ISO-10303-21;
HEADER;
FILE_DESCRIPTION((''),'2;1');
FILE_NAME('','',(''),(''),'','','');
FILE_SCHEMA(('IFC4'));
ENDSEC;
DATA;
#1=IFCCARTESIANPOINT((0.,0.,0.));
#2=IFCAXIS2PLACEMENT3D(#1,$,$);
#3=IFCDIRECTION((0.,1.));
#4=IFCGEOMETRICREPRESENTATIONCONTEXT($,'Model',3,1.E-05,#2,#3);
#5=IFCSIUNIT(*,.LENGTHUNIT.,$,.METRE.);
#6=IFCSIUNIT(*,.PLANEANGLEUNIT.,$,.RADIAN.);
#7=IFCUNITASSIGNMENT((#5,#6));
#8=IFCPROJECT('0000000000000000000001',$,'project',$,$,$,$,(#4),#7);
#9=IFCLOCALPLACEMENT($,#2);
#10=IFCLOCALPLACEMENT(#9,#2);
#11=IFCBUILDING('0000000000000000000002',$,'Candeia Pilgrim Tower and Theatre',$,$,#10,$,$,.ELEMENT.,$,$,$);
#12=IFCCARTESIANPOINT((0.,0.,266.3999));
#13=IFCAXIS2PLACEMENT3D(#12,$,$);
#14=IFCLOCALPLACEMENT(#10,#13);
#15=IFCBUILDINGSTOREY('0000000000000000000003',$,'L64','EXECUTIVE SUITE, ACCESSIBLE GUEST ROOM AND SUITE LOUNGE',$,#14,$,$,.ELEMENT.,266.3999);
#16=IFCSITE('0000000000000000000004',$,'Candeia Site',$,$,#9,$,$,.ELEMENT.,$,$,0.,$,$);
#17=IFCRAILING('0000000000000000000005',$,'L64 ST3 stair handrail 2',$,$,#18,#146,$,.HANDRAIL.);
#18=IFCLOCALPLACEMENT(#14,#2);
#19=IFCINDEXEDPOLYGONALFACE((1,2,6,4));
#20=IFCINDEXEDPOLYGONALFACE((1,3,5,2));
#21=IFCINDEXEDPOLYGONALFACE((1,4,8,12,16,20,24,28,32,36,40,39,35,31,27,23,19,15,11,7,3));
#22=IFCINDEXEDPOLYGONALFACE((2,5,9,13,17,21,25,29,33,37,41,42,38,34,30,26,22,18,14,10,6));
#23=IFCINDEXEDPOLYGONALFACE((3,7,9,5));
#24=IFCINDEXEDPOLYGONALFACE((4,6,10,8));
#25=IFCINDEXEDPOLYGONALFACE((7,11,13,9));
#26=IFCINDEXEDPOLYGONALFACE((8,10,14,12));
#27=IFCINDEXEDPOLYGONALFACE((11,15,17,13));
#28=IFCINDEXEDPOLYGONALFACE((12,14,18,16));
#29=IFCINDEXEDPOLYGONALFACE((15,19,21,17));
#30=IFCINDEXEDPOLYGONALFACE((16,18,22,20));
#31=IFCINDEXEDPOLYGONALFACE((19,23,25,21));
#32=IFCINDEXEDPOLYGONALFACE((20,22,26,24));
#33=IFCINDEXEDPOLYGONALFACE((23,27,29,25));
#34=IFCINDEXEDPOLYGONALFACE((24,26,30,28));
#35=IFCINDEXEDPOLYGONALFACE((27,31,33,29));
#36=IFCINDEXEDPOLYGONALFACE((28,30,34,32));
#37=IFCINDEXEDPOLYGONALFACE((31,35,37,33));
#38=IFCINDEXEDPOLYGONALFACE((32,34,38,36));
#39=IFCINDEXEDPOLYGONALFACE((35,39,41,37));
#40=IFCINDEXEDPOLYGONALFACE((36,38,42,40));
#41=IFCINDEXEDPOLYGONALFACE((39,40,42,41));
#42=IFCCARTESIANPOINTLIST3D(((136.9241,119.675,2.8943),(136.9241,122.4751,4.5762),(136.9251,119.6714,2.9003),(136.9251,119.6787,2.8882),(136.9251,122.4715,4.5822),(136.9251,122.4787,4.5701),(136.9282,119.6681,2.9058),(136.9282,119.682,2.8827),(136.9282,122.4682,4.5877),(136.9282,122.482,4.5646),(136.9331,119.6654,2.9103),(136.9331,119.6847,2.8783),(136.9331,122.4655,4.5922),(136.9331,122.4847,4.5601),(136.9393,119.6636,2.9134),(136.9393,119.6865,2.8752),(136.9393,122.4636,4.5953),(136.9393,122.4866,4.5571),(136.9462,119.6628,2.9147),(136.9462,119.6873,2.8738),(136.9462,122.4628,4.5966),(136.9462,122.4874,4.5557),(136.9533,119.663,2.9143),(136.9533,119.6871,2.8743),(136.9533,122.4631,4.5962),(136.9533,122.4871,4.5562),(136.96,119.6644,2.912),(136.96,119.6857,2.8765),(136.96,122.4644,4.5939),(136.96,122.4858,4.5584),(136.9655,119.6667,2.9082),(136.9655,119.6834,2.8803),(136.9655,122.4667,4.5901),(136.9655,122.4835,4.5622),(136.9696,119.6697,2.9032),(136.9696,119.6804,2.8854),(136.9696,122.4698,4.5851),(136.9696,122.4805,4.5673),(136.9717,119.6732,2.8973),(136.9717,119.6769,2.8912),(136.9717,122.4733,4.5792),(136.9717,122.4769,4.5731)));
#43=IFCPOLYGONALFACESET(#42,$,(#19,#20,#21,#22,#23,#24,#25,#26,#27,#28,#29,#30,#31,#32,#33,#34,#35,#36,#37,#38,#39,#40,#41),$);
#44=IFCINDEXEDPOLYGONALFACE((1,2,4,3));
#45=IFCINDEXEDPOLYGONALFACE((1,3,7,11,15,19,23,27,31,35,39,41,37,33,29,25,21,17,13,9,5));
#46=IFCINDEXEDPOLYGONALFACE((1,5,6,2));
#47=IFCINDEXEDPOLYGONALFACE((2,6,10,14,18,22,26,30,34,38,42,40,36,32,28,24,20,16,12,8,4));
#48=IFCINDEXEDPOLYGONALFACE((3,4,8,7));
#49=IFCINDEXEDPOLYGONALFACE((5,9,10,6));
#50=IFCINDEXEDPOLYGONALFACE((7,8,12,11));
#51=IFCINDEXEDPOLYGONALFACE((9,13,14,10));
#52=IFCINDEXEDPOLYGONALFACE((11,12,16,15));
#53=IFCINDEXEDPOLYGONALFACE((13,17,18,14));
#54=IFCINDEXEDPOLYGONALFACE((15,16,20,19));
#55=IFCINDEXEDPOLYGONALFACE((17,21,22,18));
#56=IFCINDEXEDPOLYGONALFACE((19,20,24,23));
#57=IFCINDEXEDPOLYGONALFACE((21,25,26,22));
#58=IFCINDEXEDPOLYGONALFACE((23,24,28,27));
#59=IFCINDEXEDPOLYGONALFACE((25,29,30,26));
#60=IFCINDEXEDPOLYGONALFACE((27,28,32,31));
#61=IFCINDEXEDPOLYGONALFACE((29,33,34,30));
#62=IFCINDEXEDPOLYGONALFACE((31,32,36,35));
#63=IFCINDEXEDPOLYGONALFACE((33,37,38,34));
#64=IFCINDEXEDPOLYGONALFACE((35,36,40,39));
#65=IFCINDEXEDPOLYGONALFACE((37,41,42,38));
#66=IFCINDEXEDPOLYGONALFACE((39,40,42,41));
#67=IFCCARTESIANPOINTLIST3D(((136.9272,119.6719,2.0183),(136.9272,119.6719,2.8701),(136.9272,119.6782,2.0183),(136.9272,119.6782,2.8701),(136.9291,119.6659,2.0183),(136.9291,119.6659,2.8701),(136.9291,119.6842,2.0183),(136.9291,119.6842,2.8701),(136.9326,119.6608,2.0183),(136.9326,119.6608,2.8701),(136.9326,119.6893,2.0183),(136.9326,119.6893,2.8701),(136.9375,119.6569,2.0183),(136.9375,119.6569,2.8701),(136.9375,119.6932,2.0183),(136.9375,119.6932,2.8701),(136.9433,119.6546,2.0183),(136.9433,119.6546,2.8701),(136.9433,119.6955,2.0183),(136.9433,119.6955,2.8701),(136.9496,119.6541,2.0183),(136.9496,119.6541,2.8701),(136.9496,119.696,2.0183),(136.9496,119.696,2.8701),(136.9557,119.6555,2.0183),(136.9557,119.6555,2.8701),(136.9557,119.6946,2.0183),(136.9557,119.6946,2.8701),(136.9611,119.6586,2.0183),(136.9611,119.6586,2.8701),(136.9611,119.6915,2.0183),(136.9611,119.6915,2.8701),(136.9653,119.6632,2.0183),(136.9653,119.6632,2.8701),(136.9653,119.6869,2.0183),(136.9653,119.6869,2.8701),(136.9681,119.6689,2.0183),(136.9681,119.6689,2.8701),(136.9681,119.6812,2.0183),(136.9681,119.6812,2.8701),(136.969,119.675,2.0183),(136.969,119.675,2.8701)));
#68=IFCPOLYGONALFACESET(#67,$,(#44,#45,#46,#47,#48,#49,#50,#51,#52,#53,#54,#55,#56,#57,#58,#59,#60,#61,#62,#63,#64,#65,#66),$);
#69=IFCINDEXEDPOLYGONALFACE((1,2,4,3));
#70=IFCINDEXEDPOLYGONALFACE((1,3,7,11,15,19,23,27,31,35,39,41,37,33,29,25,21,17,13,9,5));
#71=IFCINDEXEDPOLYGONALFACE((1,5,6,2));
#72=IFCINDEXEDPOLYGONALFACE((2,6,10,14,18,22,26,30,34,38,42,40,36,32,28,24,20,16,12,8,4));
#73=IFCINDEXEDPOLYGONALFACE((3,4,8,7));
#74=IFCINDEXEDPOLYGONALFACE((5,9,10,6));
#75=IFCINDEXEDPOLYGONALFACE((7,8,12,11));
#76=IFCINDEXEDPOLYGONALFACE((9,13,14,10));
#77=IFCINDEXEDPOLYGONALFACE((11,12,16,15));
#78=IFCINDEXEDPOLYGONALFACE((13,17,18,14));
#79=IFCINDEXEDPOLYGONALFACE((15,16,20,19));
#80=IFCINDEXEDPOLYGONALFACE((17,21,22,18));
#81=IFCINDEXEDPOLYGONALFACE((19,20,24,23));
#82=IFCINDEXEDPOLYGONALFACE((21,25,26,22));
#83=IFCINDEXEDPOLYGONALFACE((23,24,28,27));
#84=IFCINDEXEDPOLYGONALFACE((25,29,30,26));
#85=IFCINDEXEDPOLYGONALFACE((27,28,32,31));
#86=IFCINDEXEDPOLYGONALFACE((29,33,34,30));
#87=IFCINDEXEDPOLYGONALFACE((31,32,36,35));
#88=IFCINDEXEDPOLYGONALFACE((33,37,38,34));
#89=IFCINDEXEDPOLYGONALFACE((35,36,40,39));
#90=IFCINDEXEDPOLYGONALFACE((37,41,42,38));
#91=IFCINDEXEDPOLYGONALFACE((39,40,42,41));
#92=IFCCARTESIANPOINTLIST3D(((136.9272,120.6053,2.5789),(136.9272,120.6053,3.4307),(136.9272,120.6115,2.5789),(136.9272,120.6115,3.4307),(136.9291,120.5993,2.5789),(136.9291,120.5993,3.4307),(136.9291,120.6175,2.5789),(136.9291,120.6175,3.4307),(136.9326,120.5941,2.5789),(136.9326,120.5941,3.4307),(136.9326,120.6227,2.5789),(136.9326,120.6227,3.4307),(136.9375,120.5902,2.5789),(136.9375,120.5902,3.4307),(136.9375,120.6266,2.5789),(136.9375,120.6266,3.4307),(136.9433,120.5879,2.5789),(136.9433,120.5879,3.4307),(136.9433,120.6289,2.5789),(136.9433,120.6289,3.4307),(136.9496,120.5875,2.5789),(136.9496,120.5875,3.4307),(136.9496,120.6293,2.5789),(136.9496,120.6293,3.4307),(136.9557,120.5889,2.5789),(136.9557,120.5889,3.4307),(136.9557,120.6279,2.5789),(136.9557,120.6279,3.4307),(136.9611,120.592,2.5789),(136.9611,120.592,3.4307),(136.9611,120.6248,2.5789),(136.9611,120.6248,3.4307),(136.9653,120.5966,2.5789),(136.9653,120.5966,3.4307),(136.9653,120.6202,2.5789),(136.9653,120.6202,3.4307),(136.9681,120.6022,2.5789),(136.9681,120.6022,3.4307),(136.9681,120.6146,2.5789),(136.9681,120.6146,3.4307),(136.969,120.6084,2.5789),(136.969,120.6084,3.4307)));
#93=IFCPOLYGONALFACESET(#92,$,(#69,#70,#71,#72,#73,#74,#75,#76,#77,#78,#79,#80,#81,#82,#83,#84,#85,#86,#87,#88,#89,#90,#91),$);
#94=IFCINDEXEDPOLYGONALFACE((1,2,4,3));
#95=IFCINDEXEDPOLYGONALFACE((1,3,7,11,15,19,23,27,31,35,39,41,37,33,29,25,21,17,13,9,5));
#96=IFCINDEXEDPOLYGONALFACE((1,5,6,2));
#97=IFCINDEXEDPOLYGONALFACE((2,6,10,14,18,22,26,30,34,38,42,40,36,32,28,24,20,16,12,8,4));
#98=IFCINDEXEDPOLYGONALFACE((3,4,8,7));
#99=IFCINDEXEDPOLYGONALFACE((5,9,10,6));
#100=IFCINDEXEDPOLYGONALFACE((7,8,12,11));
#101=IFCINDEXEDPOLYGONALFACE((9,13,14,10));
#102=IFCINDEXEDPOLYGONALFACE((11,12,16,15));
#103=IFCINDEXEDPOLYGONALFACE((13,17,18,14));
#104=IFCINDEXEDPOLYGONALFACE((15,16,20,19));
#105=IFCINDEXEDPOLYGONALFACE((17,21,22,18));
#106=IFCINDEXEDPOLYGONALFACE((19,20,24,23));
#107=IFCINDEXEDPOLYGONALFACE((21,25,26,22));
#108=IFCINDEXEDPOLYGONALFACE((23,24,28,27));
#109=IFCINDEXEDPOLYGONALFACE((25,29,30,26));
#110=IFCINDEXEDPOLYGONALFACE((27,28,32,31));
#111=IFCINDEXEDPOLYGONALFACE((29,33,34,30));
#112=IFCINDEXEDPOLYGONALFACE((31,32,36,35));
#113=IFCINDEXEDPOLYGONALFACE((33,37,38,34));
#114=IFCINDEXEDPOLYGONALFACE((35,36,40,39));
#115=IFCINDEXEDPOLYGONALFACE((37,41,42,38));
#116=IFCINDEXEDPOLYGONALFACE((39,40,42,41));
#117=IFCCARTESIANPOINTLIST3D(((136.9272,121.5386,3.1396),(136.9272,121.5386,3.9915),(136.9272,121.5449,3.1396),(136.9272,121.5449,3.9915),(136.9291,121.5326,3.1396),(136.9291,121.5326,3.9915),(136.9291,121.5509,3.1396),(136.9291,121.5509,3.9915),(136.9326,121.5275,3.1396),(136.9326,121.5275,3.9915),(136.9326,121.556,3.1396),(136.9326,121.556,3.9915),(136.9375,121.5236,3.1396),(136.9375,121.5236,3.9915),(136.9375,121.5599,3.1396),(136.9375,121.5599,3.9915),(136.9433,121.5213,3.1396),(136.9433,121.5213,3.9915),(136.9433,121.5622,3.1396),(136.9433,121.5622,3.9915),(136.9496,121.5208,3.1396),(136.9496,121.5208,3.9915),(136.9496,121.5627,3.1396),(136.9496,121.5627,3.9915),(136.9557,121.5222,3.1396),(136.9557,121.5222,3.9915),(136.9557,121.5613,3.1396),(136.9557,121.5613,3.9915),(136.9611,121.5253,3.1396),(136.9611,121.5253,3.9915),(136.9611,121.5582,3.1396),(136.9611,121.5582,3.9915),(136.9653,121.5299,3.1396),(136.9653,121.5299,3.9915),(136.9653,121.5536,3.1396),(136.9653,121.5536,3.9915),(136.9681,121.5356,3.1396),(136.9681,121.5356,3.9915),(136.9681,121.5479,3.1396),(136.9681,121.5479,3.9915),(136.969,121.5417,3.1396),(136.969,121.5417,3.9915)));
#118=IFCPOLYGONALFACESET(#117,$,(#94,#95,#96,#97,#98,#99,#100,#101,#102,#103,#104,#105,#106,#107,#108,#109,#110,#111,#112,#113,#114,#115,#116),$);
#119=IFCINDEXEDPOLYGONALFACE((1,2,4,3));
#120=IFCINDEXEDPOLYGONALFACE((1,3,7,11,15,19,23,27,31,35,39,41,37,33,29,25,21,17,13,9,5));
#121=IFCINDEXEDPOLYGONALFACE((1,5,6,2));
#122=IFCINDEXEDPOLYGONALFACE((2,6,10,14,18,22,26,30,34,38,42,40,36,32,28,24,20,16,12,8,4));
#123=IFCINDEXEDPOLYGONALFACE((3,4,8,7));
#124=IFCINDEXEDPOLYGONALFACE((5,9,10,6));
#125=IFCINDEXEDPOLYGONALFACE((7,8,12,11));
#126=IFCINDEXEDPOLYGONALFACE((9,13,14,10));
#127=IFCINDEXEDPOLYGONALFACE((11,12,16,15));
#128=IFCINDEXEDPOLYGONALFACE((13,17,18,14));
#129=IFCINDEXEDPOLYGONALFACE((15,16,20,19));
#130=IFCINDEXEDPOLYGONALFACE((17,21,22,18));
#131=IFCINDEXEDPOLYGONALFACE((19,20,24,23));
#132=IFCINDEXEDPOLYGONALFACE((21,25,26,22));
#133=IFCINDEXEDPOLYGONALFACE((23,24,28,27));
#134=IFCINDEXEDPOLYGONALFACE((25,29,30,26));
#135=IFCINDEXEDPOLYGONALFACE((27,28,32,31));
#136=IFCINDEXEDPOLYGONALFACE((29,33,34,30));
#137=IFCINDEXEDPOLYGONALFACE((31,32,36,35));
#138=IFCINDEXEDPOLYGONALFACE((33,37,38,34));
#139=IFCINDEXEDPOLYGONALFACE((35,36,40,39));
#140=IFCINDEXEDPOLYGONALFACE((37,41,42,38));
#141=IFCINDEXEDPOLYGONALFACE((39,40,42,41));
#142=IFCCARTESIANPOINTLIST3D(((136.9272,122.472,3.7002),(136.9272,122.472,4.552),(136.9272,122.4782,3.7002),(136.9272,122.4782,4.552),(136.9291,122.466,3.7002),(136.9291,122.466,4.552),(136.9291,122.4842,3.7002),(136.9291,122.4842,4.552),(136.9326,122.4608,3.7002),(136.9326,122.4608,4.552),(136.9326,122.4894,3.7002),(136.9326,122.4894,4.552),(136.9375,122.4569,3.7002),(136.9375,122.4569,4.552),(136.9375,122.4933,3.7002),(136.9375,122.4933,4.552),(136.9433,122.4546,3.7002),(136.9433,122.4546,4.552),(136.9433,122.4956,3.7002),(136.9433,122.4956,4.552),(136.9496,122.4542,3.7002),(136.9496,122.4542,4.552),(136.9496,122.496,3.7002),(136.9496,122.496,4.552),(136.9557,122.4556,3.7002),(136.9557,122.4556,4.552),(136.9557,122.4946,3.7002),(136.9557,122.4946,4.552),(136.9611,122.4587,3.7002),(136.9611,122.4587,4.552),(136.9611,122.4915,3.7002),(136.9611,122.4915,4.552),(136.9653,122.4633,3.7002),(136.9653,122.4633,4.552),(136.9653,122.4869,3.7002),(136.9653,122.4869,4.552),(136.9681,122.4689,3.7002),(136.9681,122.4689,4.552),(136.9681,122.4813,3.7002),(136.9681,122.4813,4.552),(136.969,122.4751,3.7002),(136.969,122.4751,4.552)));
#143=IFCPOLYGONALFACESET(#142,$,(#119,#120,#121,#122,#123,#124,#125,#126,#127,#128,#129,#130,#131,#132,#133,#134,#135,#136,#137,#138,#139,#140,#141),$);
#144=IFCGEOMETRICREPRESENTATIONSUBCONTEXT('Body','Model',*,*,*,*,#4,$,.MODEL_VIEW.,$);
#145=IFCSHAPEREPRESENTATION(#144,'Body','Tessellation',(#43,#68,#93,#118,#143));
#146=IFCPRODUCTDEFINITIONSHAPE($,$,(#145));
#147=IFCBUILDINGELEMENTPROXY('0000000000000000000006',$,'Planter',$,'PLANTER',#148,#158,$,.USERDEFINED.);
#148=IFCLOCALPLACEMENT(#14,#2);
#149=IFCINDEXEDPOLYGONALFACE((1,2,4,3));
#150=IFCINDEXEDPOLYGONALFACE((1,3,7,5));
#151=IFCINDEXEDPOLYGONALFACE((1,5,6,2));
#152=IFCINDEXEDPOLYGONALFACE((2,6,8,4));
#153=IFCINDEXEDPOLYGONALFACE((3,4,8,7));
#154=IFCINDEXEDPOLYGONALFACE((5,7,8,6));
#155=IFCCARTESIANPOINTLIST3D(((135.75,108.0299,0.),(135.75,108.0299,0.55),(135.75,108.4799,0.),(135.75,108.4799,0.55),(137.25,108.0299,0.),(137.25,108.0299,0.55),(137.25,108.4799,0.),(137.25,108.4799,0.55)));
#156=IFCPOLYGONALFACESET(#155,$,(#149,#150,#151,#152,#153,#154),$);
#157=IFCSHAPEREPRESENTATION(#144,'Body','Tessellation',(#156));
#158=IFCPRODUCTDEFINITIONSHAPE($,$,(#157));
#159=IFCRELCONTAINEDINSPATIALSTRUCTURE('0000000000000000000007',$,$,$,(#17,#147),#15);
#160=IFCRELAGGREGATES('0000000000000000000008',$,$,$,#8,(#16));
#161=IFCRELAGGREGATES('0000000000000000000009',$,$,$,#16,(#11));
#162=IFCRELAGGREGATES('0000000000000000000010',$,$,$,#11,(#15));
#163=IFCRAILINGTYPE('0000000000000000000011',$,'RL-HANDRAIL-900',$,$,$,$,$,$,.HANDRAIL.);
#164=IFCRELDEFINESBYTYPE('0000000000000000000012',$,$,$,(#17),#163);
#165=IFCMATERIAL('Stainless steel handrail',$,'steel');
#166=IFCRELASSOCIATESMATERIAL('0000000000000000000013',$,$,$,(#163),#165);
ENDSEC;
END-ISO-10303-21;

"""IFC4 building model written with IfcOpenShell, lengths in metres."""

from ifc_helpers import new_model, si_unit, direction, frame, origin, origin_2d, place, context, subcontext, project, spatial, rectangle, circle, extrude, material, type_object, element, save


model = new_model("IFC4")

# Units and contexts
model_context = context("Model", 3, precision=1e-05, world=origin(), true_north=direction((0.0, 1.0)))
body_context = subcontext(model_context, "Body", "Model", "MODEL_VIEW")
ifc_project = project(units=[si_unit("LENGTHUNIT", "METRE"), si_unit("PLANEANGLEUNIT", "RADIAN")], contexts=[model_context])

# Site, building, storey
site_placement = place(None, origin())
site = spatial("IfcSite", under=ifc_project, at=site_placement, Name="Candeia Site", CompositionType="ELEMENT", RefElevation=0.0)
building_placement = place(site_placement, origin())
building = spatial("IfcBuilding", under=site, at=building_placement, Name="Candeia Pilgrim Tower and Theatre", CompositionType="ELEMENT")
storey_placement = place(building_placement, frame((0.0, 0.0, 266.3999)))
storey = spatial("IfcBuildingStorey", under=building, at=storey_placement, Name="L64", Description="EXECUTIVE SUITE, ACCESSIBLE GUEST ROOM AND SUITE LOUNGE", CompositionType="ELEMENT", Elevation=266.3999)

# Railing
ifc_material_1 = material(Name="Stainless steel handrail", Category="steel")
railing_type_1 = type_object("IfcRailingType", Name="RL-HANDRAIL-900", PredefinedType="HANDRAIL", material=ifc_material_1)
railing_1_placement = place(storey_placement, frame((136.948, 119.675, 2.0183)))
element("IfcRailing", 1, at=railing_1_placement, inside=storey, type_object=railing_type_1, Name="L64 ST3 stair handrail 2", PredefinedType="HANDRAIL", context=body_context, shape_type="SweptSolid", body=[
    extrude(circle(Radius=0.0239, at=origin_2d()), frame((0.0, 0.0, 0.876), z_axis=(0.0, 0.857242, 0.514913), x_axis=(-1.0, 0.0, 0.0)), (0.0, 0.0, 1.0), 3.2664),
    extrude(circle(Radius=0.021, at=origin_2d()), origin(), (0.0, 0.0, 1.0), 0.8518),
    extrude(circle(Radius=0.021, at=origin_2d()), frame((0.0, 0.9333, 0.5605)), (0.0, 0.0, 1.0), 0.8518),
    extrude(circle(Radius=0.021, at=origin_2d()), frame((0.0, 1.8667, 1.1213)), (0.0, 0.0, 1.0), 0.8518),
    extrude(circle(Radius=0.021, at=origin_2d()), frame((0.0, 2.8, 1.6819)), (0.0, 0.0, 1.0), 0.8518),
])

# Building element proxy
proxy_placement = place(storey_placement, frame((136.5, 108.2549, 0.0), z_axis=(0.0, 0.0, 1.0), x_axis=(1.0, 0.0, 0.0)))
element("IfcBuildingElementProxy", 2, at=proxy_placement, inside=storey, Name="Planter", ObjectType="PLANTER", PredefinedType="USERDEFINED", context=body_context, shape_type="SweptSolid", body=[
    extrude(rectangle(XDim=1.5, YDim=0.45, at=origin_2d()), origin(), (0.0, 0.0, 1.0), 0.55),
])

save(model, "model.ifc")
